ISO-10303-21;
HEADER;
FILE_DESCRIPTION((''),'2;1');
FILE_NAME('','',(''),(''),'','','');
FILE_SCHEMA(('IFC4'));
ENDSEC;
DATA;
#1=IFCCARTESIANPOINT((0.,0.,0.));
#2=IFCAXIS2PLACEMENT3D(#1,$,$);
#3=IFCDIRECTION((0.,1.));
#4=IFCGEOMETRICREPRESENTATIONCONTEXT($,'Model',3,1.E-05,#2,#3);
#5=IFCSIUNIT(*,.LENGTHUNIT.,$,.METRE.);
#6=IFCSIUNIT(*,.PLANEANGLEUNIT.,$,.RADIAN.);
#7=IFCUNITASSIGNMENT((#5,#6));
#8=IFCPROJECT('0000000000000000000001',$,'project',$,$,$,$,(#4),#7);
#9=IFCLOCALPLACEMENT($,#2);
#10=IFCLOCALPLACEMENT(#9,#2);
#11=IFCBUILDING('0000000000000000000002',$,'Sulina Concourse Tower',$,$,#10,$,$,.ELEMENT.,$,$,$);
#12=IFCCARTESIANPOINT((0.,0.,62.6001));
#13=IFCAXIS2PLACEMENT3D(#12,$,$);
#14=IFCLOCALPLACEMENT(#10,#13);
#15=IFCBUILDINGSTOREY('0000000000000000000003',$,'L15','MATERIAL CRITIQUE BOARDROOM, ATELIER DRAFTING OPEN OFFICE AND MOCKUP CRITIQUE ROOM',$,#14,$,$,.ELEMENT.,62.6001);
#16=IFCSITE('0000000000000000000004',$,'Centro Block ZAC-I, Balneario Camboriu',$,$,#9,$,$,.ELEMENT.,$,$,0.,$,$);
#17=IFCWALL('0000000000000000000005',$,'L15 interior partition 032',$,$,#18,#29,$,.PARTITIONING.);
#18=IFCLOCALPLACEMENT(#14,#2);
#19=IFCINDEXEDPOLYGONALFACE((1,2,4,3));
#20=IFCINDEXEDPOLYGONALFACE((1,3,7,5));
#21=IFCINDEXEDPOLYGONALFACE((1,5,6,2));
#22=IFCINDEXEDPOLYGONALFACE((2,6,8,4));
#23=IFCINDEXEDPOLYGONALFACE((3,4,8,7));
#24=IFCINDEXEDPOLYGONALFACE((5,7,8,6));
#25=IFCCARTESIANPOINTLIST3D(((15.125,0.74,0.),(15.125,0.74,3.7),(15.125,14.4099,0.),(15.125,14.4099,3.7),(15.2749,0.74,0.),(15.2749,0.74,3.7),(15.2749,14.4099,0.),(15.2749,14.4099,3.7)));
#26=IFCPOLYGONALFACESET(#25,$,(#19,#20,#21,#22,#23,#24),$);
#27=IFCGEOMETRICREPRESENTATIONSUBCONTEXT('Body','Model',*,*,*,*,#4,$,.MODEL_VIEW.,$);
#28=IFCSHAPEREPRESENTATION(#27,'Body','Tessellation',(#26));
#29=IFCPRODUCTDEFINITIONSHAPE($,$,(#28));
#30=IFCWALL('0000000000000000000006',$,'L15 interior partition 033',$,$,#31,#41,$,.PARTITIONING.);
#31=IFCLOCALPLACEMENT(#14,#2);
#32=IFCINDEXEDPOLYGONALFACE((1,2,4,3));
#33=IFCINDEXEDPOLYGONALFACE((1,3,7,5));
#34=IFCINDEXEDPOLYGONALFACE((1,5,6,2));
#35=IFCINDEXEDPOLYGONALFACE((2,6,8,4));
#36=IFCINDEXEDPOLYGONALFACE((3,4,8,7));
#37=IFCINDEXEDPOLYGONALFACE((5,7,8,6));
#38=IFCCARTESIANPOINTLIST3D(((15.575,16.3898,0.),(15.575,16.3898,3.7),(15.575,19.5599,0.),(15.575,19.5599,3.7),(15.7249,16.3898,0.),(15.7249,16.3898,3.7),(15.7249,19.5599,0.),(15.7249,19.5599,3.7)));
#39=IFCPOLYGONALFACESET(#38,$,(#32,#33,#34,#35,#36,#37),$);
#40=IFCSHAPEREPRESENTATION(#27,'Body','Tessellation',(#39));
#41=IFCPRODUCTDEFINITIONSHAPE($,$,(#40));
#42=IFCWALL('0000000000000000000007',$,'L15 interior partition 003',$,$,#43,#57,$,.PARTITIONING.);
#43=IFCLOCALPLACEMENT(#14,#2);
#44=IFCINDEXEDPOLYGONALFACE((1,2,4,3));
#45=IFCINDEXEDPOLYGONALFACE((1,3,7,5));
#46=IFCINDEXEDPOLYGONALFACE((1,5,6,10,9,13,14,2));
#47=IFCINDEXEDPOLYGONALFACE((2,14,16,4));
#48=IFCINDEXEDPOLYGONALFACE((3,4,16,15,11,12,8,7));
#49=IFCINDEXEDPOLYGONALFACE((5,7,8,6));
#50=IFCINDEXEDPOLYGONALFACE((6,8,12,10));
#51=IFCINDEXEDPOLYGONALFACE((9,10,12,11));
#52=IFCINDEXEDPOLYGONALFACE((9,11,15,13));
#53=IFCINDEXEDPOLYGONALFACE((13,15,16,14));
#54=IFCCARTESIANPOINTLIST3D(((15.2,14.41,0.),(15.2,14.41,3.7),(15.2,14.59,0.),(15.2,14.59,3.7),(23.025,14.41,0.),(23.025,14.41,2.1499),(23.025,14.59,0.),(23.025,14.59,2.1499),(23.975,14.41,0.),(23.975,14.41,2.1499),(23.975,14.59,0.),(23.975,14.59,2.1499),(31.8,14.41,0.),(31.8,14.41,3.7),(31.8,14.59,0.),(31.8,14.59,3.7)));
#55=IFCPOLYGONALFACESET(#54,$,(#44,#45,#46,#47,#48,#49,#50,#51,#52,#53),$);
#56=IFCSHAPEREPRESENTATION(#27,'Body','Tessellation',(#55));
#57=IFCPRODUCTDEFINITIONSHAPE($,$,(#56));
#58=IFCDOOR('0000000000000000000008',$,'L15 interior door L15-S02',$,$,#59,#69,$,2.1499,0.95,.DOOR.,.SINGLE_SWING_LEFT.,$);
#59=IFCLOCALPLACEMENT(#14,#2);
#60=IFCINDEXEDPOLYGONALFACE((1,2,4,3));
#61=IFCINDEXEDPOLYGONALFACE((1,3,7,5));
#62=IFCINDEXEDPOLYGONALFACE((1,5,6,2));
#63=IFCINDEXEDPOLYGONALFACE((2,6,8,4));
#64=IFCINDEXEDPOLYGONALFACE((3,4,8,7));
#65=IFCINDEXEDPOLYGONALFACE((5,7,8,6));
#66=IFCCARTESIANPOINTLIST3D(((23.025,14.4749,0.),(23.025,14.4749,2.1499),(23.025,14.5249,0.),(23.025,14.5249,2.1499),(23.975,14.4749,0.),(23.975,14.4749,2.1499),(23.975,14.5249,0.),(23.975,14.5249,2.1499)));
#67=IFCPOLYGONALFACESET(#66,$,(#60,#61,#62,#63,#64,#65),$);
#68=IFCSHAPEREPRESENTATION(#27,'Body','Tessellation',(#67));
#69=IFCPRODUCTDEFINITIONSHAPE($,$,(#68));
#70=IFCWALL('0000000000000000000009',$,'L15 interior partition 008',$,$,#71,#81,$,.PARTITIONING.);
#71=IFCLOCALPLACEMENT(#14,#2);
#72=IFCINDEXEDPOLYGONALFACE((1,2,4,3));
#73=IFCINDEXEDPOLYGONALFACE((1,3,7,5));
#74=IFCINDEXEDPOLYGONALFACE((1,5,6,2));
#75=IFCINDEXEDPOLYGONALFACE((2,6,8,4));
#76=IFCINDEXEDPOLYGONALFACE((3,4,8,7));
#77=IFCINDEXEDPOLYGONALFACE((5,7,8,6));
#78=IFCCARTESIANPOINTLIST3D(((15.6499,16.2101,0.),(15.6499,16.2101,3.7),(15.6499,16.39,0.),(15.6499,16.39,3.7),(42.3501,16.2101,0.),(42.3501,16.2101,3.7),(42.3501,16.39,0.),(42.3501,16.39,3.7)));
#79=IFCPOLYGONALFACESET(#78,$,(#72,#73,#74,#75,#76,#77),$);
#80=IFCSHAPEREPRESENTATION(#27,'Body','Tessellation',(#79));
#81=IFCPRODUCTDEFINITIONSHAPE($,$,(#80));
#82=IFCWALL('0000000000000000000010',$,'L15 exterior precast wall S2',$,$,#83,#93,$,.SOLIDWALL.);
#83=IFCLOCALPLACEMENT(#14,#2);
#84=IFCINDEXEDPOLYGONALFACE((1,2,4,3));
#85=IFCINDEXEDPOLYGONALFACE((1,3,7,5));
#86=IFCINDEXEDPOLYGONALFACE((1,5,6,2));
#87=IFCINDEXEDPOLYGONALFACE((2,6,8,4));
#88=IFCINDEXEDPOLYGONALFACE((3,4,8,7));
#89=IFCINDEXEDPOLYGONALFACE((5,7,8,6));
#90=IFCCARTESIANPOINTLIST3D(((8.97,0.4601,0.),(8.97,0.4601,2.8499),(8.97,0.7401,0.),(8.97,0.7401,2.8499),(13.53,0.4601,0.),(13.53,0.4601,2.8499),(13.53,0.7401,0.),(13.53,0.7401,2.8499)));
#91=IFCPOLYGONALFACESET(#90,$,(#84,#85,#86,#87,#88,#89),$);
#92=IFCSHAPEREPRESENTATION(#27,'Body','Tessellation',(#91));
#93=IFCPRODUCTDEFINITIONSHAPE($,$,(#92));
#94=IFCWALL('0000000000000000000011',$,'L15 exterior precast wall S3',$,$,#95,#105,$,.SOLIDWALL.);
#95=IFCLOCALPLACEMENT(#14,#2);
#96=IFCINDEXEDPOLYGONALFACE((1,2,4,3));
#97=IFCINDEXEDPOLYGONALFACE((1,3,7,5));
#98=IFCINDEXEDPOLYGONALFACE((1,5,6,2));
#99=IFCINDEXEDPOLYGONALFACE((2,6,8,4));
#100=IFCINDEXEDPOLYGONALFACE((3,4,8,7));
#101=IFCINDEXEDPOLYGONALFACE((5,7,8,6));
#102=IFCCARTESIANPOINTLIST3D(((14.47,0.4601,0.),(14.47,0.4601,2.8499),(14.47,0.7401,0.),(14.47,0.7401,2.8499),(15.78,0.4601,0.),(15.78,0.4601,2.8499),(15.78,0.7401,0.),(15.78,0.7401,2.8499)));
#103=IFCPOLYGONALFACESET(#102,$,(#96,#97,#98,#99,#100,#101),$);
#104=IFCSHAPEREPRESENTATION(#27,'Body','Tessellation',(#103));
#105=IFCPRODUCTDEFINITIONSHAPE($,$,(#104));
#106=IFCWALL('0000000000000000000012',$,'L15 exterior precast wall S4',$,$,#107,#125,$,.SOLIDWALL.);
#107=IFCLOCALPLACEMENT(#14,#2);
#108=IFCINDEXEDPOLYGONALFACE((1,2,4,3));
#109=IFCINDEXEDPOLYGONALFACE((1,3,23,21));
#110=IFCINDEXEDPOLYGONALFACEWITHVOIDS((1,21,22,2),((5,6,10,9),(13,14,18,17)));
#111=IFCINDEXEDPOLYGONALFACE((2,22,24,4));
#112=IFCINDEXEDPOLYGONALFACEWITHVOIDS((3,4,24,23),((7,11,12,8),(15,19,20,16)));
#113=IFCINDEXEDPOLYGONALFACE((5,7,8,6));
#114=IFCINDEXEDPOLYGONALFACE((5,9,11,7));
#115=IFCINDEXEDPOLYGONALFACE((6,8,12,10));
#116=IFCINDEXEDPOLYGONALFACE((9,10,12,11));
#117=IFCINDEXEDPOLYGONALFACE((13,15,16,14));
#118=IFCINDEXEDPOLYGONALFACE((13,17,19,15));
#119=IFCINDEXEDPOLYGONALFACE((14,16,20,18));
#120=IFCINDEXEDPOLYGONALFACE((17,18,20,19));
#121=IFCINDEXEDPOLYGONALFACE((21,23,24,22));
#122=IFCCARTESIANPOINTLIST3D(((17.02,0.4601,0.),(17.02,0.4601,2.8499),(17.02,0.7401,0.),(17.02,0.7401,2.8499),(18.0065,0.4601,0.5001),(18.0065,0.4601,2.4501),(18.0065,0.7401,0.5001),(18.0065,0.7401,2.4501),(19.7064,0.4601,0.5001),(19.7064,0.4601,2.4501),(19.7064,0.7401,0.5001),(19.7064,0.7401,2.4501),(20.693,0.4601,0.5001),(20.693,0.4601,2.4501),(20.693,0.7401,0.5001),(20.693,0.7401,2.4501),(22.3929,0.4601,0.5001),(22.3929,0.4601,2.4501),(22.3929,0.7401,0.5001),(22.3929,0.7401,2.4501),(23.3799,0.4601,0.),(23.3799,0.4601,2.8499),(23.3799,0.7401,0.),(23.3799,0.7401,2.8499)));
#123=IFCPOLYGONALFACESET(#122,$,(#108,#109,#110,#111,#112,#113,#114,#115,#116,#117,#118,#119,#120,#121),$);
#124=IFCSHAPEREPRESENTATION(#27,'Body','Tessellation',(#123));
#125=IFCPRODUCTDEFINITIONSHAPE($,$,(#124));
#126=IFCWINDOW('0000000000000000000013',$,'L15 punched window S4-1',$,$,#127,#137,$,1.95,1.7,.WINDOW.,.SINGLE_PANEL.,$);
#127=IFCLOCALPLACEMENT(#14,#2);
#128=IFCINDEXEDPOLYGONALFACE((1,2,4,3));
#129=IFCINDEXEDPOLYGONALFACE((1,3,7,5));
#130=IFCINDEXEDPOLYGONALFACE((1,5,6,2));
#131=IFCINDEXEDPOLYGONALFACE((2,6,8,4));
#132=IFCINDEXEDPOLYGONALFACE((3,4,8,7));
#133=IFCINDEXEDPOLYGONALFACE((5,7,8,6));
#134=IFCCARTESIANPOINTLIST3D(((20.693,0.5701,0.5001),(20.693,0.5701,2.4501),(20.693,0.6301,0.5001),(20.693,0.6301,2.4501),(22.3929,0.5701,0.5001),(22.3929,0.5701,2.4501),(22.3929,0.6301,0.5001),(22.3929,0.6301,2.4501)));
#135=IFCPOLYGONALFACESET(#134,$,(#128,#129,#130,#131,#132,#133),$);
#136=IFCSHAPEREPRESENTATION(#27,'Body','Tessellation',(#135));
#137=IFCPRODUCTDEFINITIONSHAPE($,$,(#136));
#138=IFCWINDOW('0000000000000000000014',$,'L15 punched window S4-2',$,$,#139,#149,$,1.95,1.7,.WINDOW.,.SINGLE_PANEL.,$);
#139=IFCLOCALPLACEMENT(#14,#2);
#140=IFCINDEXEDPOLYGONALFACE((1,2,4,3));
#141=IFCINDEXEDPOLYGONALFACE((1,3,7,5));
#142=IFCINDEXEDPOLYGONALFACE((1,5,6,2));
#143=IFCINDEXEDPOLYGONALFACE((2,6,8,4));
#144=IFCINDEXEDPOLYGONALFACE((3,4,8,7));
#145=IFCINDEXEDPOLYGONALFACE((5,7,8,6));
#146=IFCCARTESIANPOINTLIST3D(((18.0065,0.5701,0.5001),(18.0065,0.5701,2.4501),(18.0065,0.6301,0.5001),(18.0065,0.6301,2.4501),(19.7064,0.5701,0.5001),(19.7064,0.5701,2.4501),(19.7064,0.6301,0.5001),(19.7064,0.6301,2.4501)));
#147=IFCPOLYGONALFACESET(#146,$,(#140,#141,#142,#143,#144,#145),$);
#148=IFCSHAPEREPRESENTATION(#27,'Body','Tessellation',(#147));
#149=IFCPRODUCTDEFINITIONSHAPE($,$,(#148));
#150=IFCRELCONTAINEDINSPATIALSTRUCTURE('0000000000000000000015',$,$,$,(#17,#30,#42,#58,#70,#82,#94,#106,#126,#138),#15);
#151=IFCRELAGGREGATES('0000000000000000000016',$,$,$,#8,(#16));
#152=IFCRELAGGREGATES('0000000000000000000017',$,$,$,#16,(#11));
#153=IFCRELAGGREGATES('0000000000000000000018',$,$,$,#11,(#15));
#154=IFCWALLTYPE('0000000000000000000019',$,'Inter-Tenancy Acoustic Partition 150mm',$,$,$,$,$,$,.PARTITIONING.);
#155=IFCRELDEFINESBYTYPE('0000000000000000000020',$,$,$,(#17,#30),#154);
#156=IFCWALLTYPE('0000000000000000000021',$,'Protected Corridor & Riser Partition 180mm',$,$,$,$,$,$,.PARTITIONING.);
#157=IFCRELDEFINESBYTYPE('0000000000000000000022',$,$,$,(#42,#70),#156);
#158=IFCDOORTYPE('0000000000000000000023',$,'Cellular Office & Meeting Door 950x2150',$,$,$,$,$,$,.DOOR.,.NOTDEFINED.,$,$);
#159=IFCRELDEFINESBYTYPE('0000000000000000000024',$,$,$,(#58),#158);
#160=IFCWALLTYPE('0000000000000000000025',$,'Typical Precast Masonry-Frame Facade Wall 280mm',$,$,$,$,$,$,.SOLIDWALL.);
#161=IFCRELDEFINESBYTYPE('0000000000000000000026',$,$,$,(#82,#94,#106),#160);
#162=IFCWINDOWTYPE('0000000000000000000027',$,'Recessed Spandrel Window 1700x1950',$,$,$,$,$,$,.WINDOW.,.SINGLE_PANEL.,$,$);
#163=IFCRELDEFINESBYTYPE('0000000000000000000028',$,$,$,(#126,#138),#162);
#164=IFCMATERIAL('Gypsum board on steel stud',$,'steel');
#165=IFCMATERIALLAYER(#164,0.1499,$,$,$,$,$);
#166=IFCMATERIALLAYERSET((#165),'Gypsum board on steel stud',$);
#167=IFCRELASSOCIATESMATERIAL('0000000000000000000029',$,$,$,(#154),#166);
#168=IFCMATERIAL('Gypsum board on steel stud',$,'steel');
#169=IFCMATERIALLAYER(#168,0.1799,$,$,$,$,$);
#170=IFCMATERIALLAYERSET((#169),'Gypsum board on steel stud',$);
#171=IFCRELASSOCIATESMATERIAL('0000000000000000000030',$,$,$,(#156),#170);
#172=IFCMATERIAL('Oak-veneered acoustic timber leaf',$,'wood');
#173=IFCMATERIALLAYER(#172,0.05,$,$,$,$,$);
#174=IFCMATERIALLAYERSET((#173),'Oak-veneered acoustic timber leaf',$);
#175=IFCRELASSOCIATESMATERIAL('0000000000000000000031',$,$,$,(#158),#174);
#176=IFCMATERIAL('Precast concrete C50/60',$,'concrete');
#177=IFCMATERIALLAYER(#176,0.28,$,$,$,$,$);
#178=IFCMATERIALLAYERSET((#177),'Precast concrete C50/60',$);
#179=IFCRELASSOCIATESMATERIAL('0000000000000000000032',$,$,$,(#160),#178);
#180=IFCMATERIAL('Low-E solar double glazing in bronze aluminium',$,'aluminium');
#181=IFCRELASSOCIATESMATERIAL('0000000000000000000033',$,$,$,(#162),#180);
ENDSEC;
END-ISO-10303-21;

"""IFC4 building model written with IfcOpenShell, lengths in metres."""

from ifc_helpers import new_model, si_unit, direction, frame, frame_2d, origin, place, context, subcontext, project, spatial, rectangle, extrude, material, layer, layer_set, type_object, element, fill, save


model = new_model("IFC4")

# Units and contexts
model_context = context("Model", 3, precision=1e-05, world=origin(), true_north=direction((0.0, 1.0)))
body_context = subcontext(model_context, "Body", "Model", "MODEL_VIEW")
ifc_project = project(units=[si_unit("LENGTHUNIT", "METRE"), si_unit("PLANEANGLEUNIT", "RADIAN")], contexts=[model_context])

# Site, building, storey
site_placement = place(None, origin())
site = spatial("IfcSite", under=ifc_project, at=site_placement, Name="Centro Block ZAC-I, Balneario Camboriu", CompositionType="ELEMENT", RefElevation=0.0)
building_placement = place(site_placement, origin())
building = spatial("IfcBuilding", under=site, at=building_placement, Name="Sulina Concourse Tower", CompositionType="ELEMENT")
storey_placement = place(building_placement, frame((0.0, 0.0, 62.6001)))
storey = spatial("IfcBuildingStorey", under=building, at=storey_placement, Name="L15", Description="MATERIAL CRITIQUE BOARDROOM, ATELIER DRAFTING OPEN OFFICE AND MOCKUP CRITIQUE ROOM", CompositionType="ELEMENT", Elevation=62.6001)

# Walls
ifc_material_1 = material(Name="Gypsum board on steel stud", Category="steel")
ifc_layer_1 = layer(ifc_material_1, 0.1499)
ifc_layer_set_1 = layer_set([ifc_layer_1], Name="Gypsum board on steel stud")
wall_type_1 = type_object("IfcWallType", Name="Inter-Tenancy Acoustic Partition 150mm", PredefinedType="PARTITIONING", material=ifc_layer_set_1)
wall_1_placement = place(storey_placement, frame((15.2, 0.74, 0.0), z_axis=(0.0, 0.0, 1.0), x_axis=(0.0, 1.0, 0.0)))
element("IfcWall", 1, at=wall_1_placement, inside=storey, type_object=wall_type_1, Name="L15 interior partition 032", PredefinedType="PARTITIONING", context=body_context, shape_type="SweptSolid", body=[
    extrude(rectangle(XDim=13.6699, YDim=0.1499, at=frame_2d((6.835, 0.0))), origin(), (0.0, 0.0, 1.0), 3.7),
])
wall_2_placement = place(storey_placement, frame((15.6499, 16.3899, 0.0), z_axis=(0.0, 0.0, 1.0), x_axis=(0.0, 1.0, 0.0)))
element("IfcWall", 2, at=wall_2_placement, inside=storey, type_object=wall_type_1, Name="L15 interior partition 033", PredefinedType="PARTITIONING", context=body_context, shape_type="SweptSolid", body=[
    extrude(rectangle(XDim=3.1702, YDim=0.1499, at=frame_2d((1.585, 0.0))), origin(), (0.0, 0.0, 1.0), 3.7),
])

# Wall, opening, door
ifc_material_2 = material(Name="Gypsum board on steel stud", Category="steel")
ifc_layer_2 = layer(ifc_material_2, 0.1799)
ifc_layer_set_2 = layer_set([ifc_layer_2], Name="Gypsum board on steel stud")
wall_type_2 = type_object("IfcWallType", Name="Protected Corridor & Riser Partition 180mm", PredefinedType="PARTITIONING", material=ifc_layer_set_2)
wall_3_placement = place(storey_placement, frame((15.2, 14.5, 0.0), z_axis=(0.0, 0.0, 1.0), x_axis=(1.0, 0.0, 0.0)))
wall_3 = element("IfcWall", 3, at=wall_3_placement, inside=storey, type_object=wall_type_2, Name="L15 interior partition 003", PredefinedType="PARTITIONING", context=body_context, shape_type="SweptSolid", body=[
    extrude(rectangle(XDim=16.6001, YDim=0.1799, at=frame_2d((8.3, 0.0))), origin(), (0.0, 0.0, 1.0), 3.7),
])
opening_1_placement = place(wall_3_placement, frame((7.825, 0.0, 0.0)))
opening_1 = element("IfcOpeningElement", 4, at=opening_1_placement, cuts=wall_3, PredefinedType="OPENING", context=body_context, shape_type="SweptSolid", body=[
    extrude(rectangle(XDim=0.95, YDim=2.1499, at=frame_2d((0.4751, 1.075))), frame((0.0, 0.0999, 0.0), z_axis=(0.0, -1.0, 0.0), x_axis=(1.0, 0.0, 0.0)), (0.0, 0.0, 1.0), 0.2),
])
ifc_material_3 = material(Name="Oak-veneered acoustic timber leaf", Category="wood")
ifc_layer_3 = layer(ifc_material_3, 0.05)
ifc_layer_set_3 = layer_set([ifc_layer_3], Name="Oak-veneered acoustic timber leaf")
door_type = type_object("IfcDoorType", Name="Cellular Office & Meeting Door 950x2150", OperationType="NOTDEFINED", PredefinedType="DOOR", material=ifc_layer_set_3)
door_placement = place(opening_1_placement, origin())
door = element("IfcDoor", 5, at=door_placement, inside=storey, type_object=door_type, Name="L15 interior door L15-S02", OperationType="SINGLE_SWING_LEFT", OverallHeight=2.1499, OverallWidth=0.95, PredefinedType="DOOR", context=body_context, shape_type="SweptSolid", body=[
    extrude(rectangle(XDim=0.95, YDim=2.1499, at=frame_2d((0.4751, 1.075))), frame((0.0, 0.0249, 0.0), z_axis=(0.0, -1.0, 0.0), x_axis=(1.0, 0.0, 0.0)), (0.0, 0.0, 1.0), 0.05),
])
fill(opening_1, door)

# Walls
wall_4_placement = place(storey_placement, frame((15.6499, 16.3, 0.0), z_axis=(0.0, 0.0, 1.0), x_axis=(1.0, 0.0, 0.0)))
element("IfcWall", 6, at=wall_4_placement, inside=storey, type_object=wall_type_2, Name="L15 interior partition 008", PredefinedType="PARTITIONING", context=body_context, shape_type="SweptSolid", body=[
    extrude(rectangle(XDim=26.7002, YDim=0.1799, at=frame_2d((13.3501, 0.0))), origin(), (0.0, 0.0, 1.0), 3.7),
])
ifc_material_4 = material(Name="Precast concrete C50/60", Category="concrete")
ifc_layer_4 = layer(ifc_material_4, 0.28)
ifc_layer_set_4 = layer_set([ifc_layer_4], Name="Precast concrete C50/60")
wall_type_3 = type_object("IfcWallType", Name="Typical Precast Masonry-Frame Facade Wall 280mm", PredefinedType="SOLIDWALL", material=ifc_layer_set_4)
wall_5_placement = place(storey_placement, frame((13.53, 0.6001, 0.0), z_axis=(0.0, 0.0, 1.0), x_axis=(-1.0, 0.0, 0.0)))
element("IfcWall", 7, at=wall_5_placement, inside=storey, type_object=wall_type_3, Name="L15 exterior precast wall S2", PredefinedType="SOLIDWALL", context=body_context, shape_type="SweptSolid", body=[
    extrude(rectangle(XDim=4.5601, YDim=0.28, at=frame_2d((2.28, 0.0))), origin(), (0.0, 0.0, 1.0), 2.8499),
])
wall_6_placement = place(storey_placement, frame((15.78, 0.6001, 0.0), z_axis=(0.0, 0.0, 1.0), x_axis=(-1.0, 0.0, 0.0)))
element("IfcWall", 8, at=wall_6_placement, inside=storey, type_object=wall_type_3, Name="L15 exterior precast wall S3", PredefinedType="SOLIDWALL", context=body_context, shape_type="SweptSolid", body=[
    extrude(rectangle(XDim=1.3101, YDim=0.28, at=frame_2d((0.655, 0.0))), origin(), (0.0, 0.0, 1.0), 2.8499),
])

# Wall, openings, windows
wall_7_placement = place(storey_placement, frame((23.3799, 0.6001, 0.0), z_axis=(0.0, 0.0, 1.0), x_axis=(-1.0, 0.0, 0.0)))
wall_7 = element("IfcWall", 9, at=wall_7_placement, inside=storey, type_object=wall_type_3, Name="L15 exterior precast wall S4", PredefinedType="SOLIDWALL", context=body_context, shape_type="SweptSolid", body=[
    extrude(rectangle(XDim=6.3599, YDim=0.28, at=frame_2d((3.1799, 0.0))), origin(), (0.0, 0.0, 1.0), 2.8499),
])
opening_2_placement = place(wall_7_placement, frame((0.9868, 0.0, 0.5)))
opening_2 = element("IfcOpeningElement", 10, at=opening_2_placement, cuts=wall_7, PredefinedType="OPENING", context=body_context, shape_type="SweptSolid", body=[
    extrude(rectangle(XDim=1.7, YDim=1.95, at=frame_2d((0.8501, 0.9751))), frame((0.0, 0.1499, 0.0), z_axis=(0.0, -1.0, 0.0), x_axis=(1.0, 0.0, 0.0)), (0.0, 0.0, 1.0), 0.3),
])
opening_3_placement = place(wall_7_placement, frame((3.6733, 0.0, 0.5)))
opening_3 = element("IfcOpeningElement", 11, at=opening_3_placement, cuts=wall_7, PredefinedType="OPENING", context=body_context, shape_type="SweptSolid", body=[
    extrude(rectangle(XDim=1.7, YDim=1.95, at=frame_2d((0.8501, 0.9751))), frame((0.0, 0.1499, 0.0), z_axis=(0.0, -1.0, 0.0), x_axis=(1.0, 0.0, 0.0)), (0.0, 0.0, 1.0), 0.3),
])
ifc_material_5 = material(Name="Low-E solar double glazing in bronze aluminium", Category="aluminium")
window_type = type_object("IfcWindowType", Name="Recessed Spandrel Window 1700x1950", PartitioningType="SINGLE_PANEL", PredefinedType="WINDOW", material=ifc_material_5)
window_1_placement = place(opening_2_placement, origin())
window_1 = element("IfcWindow", 12, at=window_1_placement, inside=storey, type_object=window_type, Name="L15 punched window S4-1", OverallHeight=1.95, OverallWidth=1.7, PartitioningType="SINGLE_PANEL", PredefinedType="WINDOW", context=body_context, shape_type="SweptSolid", body=[
    extrude(rectangle(XDim=1.7, YDim=1.95, at=frame_2d((0.8501, 0.9751))), frame((0.0, 0.03, 0.0), z_axis=(0.0, -1.0, 0.0), x_axis=(1.0, 0.0, 0.0)), (0.0, 0.0, 1.0), 0.0601),
])
fill(opening_2, window_1)
window_2_placement = place(opening_3_placement, origin())
window_2 = element("IfcWindow", 13, at=window_2_placement, inside=storey, type_object=window_type, Name="L15 punched window S4-2", OverallHeight=1.95, OverallWidth=1.7, PartitioningType="SINGLE_PANEL", PredefinedType="WINDOW", context=body_context, shape_type="SweptSolid", body=[
    extrude(rectangle(XDim=1.7, YDim=1.95, at=frame_2d((0.8501, 0.9751))), frame((0.0, 0.03, 0.0), z_axis=(0.0, -1.0, 0.0), x_axis=(1.0, 0.0, 0.0)), (0.0, 0.0, 1.0), 0.0601),
])
fill(opening_3, window_2)

save(model, "model.ifc")
